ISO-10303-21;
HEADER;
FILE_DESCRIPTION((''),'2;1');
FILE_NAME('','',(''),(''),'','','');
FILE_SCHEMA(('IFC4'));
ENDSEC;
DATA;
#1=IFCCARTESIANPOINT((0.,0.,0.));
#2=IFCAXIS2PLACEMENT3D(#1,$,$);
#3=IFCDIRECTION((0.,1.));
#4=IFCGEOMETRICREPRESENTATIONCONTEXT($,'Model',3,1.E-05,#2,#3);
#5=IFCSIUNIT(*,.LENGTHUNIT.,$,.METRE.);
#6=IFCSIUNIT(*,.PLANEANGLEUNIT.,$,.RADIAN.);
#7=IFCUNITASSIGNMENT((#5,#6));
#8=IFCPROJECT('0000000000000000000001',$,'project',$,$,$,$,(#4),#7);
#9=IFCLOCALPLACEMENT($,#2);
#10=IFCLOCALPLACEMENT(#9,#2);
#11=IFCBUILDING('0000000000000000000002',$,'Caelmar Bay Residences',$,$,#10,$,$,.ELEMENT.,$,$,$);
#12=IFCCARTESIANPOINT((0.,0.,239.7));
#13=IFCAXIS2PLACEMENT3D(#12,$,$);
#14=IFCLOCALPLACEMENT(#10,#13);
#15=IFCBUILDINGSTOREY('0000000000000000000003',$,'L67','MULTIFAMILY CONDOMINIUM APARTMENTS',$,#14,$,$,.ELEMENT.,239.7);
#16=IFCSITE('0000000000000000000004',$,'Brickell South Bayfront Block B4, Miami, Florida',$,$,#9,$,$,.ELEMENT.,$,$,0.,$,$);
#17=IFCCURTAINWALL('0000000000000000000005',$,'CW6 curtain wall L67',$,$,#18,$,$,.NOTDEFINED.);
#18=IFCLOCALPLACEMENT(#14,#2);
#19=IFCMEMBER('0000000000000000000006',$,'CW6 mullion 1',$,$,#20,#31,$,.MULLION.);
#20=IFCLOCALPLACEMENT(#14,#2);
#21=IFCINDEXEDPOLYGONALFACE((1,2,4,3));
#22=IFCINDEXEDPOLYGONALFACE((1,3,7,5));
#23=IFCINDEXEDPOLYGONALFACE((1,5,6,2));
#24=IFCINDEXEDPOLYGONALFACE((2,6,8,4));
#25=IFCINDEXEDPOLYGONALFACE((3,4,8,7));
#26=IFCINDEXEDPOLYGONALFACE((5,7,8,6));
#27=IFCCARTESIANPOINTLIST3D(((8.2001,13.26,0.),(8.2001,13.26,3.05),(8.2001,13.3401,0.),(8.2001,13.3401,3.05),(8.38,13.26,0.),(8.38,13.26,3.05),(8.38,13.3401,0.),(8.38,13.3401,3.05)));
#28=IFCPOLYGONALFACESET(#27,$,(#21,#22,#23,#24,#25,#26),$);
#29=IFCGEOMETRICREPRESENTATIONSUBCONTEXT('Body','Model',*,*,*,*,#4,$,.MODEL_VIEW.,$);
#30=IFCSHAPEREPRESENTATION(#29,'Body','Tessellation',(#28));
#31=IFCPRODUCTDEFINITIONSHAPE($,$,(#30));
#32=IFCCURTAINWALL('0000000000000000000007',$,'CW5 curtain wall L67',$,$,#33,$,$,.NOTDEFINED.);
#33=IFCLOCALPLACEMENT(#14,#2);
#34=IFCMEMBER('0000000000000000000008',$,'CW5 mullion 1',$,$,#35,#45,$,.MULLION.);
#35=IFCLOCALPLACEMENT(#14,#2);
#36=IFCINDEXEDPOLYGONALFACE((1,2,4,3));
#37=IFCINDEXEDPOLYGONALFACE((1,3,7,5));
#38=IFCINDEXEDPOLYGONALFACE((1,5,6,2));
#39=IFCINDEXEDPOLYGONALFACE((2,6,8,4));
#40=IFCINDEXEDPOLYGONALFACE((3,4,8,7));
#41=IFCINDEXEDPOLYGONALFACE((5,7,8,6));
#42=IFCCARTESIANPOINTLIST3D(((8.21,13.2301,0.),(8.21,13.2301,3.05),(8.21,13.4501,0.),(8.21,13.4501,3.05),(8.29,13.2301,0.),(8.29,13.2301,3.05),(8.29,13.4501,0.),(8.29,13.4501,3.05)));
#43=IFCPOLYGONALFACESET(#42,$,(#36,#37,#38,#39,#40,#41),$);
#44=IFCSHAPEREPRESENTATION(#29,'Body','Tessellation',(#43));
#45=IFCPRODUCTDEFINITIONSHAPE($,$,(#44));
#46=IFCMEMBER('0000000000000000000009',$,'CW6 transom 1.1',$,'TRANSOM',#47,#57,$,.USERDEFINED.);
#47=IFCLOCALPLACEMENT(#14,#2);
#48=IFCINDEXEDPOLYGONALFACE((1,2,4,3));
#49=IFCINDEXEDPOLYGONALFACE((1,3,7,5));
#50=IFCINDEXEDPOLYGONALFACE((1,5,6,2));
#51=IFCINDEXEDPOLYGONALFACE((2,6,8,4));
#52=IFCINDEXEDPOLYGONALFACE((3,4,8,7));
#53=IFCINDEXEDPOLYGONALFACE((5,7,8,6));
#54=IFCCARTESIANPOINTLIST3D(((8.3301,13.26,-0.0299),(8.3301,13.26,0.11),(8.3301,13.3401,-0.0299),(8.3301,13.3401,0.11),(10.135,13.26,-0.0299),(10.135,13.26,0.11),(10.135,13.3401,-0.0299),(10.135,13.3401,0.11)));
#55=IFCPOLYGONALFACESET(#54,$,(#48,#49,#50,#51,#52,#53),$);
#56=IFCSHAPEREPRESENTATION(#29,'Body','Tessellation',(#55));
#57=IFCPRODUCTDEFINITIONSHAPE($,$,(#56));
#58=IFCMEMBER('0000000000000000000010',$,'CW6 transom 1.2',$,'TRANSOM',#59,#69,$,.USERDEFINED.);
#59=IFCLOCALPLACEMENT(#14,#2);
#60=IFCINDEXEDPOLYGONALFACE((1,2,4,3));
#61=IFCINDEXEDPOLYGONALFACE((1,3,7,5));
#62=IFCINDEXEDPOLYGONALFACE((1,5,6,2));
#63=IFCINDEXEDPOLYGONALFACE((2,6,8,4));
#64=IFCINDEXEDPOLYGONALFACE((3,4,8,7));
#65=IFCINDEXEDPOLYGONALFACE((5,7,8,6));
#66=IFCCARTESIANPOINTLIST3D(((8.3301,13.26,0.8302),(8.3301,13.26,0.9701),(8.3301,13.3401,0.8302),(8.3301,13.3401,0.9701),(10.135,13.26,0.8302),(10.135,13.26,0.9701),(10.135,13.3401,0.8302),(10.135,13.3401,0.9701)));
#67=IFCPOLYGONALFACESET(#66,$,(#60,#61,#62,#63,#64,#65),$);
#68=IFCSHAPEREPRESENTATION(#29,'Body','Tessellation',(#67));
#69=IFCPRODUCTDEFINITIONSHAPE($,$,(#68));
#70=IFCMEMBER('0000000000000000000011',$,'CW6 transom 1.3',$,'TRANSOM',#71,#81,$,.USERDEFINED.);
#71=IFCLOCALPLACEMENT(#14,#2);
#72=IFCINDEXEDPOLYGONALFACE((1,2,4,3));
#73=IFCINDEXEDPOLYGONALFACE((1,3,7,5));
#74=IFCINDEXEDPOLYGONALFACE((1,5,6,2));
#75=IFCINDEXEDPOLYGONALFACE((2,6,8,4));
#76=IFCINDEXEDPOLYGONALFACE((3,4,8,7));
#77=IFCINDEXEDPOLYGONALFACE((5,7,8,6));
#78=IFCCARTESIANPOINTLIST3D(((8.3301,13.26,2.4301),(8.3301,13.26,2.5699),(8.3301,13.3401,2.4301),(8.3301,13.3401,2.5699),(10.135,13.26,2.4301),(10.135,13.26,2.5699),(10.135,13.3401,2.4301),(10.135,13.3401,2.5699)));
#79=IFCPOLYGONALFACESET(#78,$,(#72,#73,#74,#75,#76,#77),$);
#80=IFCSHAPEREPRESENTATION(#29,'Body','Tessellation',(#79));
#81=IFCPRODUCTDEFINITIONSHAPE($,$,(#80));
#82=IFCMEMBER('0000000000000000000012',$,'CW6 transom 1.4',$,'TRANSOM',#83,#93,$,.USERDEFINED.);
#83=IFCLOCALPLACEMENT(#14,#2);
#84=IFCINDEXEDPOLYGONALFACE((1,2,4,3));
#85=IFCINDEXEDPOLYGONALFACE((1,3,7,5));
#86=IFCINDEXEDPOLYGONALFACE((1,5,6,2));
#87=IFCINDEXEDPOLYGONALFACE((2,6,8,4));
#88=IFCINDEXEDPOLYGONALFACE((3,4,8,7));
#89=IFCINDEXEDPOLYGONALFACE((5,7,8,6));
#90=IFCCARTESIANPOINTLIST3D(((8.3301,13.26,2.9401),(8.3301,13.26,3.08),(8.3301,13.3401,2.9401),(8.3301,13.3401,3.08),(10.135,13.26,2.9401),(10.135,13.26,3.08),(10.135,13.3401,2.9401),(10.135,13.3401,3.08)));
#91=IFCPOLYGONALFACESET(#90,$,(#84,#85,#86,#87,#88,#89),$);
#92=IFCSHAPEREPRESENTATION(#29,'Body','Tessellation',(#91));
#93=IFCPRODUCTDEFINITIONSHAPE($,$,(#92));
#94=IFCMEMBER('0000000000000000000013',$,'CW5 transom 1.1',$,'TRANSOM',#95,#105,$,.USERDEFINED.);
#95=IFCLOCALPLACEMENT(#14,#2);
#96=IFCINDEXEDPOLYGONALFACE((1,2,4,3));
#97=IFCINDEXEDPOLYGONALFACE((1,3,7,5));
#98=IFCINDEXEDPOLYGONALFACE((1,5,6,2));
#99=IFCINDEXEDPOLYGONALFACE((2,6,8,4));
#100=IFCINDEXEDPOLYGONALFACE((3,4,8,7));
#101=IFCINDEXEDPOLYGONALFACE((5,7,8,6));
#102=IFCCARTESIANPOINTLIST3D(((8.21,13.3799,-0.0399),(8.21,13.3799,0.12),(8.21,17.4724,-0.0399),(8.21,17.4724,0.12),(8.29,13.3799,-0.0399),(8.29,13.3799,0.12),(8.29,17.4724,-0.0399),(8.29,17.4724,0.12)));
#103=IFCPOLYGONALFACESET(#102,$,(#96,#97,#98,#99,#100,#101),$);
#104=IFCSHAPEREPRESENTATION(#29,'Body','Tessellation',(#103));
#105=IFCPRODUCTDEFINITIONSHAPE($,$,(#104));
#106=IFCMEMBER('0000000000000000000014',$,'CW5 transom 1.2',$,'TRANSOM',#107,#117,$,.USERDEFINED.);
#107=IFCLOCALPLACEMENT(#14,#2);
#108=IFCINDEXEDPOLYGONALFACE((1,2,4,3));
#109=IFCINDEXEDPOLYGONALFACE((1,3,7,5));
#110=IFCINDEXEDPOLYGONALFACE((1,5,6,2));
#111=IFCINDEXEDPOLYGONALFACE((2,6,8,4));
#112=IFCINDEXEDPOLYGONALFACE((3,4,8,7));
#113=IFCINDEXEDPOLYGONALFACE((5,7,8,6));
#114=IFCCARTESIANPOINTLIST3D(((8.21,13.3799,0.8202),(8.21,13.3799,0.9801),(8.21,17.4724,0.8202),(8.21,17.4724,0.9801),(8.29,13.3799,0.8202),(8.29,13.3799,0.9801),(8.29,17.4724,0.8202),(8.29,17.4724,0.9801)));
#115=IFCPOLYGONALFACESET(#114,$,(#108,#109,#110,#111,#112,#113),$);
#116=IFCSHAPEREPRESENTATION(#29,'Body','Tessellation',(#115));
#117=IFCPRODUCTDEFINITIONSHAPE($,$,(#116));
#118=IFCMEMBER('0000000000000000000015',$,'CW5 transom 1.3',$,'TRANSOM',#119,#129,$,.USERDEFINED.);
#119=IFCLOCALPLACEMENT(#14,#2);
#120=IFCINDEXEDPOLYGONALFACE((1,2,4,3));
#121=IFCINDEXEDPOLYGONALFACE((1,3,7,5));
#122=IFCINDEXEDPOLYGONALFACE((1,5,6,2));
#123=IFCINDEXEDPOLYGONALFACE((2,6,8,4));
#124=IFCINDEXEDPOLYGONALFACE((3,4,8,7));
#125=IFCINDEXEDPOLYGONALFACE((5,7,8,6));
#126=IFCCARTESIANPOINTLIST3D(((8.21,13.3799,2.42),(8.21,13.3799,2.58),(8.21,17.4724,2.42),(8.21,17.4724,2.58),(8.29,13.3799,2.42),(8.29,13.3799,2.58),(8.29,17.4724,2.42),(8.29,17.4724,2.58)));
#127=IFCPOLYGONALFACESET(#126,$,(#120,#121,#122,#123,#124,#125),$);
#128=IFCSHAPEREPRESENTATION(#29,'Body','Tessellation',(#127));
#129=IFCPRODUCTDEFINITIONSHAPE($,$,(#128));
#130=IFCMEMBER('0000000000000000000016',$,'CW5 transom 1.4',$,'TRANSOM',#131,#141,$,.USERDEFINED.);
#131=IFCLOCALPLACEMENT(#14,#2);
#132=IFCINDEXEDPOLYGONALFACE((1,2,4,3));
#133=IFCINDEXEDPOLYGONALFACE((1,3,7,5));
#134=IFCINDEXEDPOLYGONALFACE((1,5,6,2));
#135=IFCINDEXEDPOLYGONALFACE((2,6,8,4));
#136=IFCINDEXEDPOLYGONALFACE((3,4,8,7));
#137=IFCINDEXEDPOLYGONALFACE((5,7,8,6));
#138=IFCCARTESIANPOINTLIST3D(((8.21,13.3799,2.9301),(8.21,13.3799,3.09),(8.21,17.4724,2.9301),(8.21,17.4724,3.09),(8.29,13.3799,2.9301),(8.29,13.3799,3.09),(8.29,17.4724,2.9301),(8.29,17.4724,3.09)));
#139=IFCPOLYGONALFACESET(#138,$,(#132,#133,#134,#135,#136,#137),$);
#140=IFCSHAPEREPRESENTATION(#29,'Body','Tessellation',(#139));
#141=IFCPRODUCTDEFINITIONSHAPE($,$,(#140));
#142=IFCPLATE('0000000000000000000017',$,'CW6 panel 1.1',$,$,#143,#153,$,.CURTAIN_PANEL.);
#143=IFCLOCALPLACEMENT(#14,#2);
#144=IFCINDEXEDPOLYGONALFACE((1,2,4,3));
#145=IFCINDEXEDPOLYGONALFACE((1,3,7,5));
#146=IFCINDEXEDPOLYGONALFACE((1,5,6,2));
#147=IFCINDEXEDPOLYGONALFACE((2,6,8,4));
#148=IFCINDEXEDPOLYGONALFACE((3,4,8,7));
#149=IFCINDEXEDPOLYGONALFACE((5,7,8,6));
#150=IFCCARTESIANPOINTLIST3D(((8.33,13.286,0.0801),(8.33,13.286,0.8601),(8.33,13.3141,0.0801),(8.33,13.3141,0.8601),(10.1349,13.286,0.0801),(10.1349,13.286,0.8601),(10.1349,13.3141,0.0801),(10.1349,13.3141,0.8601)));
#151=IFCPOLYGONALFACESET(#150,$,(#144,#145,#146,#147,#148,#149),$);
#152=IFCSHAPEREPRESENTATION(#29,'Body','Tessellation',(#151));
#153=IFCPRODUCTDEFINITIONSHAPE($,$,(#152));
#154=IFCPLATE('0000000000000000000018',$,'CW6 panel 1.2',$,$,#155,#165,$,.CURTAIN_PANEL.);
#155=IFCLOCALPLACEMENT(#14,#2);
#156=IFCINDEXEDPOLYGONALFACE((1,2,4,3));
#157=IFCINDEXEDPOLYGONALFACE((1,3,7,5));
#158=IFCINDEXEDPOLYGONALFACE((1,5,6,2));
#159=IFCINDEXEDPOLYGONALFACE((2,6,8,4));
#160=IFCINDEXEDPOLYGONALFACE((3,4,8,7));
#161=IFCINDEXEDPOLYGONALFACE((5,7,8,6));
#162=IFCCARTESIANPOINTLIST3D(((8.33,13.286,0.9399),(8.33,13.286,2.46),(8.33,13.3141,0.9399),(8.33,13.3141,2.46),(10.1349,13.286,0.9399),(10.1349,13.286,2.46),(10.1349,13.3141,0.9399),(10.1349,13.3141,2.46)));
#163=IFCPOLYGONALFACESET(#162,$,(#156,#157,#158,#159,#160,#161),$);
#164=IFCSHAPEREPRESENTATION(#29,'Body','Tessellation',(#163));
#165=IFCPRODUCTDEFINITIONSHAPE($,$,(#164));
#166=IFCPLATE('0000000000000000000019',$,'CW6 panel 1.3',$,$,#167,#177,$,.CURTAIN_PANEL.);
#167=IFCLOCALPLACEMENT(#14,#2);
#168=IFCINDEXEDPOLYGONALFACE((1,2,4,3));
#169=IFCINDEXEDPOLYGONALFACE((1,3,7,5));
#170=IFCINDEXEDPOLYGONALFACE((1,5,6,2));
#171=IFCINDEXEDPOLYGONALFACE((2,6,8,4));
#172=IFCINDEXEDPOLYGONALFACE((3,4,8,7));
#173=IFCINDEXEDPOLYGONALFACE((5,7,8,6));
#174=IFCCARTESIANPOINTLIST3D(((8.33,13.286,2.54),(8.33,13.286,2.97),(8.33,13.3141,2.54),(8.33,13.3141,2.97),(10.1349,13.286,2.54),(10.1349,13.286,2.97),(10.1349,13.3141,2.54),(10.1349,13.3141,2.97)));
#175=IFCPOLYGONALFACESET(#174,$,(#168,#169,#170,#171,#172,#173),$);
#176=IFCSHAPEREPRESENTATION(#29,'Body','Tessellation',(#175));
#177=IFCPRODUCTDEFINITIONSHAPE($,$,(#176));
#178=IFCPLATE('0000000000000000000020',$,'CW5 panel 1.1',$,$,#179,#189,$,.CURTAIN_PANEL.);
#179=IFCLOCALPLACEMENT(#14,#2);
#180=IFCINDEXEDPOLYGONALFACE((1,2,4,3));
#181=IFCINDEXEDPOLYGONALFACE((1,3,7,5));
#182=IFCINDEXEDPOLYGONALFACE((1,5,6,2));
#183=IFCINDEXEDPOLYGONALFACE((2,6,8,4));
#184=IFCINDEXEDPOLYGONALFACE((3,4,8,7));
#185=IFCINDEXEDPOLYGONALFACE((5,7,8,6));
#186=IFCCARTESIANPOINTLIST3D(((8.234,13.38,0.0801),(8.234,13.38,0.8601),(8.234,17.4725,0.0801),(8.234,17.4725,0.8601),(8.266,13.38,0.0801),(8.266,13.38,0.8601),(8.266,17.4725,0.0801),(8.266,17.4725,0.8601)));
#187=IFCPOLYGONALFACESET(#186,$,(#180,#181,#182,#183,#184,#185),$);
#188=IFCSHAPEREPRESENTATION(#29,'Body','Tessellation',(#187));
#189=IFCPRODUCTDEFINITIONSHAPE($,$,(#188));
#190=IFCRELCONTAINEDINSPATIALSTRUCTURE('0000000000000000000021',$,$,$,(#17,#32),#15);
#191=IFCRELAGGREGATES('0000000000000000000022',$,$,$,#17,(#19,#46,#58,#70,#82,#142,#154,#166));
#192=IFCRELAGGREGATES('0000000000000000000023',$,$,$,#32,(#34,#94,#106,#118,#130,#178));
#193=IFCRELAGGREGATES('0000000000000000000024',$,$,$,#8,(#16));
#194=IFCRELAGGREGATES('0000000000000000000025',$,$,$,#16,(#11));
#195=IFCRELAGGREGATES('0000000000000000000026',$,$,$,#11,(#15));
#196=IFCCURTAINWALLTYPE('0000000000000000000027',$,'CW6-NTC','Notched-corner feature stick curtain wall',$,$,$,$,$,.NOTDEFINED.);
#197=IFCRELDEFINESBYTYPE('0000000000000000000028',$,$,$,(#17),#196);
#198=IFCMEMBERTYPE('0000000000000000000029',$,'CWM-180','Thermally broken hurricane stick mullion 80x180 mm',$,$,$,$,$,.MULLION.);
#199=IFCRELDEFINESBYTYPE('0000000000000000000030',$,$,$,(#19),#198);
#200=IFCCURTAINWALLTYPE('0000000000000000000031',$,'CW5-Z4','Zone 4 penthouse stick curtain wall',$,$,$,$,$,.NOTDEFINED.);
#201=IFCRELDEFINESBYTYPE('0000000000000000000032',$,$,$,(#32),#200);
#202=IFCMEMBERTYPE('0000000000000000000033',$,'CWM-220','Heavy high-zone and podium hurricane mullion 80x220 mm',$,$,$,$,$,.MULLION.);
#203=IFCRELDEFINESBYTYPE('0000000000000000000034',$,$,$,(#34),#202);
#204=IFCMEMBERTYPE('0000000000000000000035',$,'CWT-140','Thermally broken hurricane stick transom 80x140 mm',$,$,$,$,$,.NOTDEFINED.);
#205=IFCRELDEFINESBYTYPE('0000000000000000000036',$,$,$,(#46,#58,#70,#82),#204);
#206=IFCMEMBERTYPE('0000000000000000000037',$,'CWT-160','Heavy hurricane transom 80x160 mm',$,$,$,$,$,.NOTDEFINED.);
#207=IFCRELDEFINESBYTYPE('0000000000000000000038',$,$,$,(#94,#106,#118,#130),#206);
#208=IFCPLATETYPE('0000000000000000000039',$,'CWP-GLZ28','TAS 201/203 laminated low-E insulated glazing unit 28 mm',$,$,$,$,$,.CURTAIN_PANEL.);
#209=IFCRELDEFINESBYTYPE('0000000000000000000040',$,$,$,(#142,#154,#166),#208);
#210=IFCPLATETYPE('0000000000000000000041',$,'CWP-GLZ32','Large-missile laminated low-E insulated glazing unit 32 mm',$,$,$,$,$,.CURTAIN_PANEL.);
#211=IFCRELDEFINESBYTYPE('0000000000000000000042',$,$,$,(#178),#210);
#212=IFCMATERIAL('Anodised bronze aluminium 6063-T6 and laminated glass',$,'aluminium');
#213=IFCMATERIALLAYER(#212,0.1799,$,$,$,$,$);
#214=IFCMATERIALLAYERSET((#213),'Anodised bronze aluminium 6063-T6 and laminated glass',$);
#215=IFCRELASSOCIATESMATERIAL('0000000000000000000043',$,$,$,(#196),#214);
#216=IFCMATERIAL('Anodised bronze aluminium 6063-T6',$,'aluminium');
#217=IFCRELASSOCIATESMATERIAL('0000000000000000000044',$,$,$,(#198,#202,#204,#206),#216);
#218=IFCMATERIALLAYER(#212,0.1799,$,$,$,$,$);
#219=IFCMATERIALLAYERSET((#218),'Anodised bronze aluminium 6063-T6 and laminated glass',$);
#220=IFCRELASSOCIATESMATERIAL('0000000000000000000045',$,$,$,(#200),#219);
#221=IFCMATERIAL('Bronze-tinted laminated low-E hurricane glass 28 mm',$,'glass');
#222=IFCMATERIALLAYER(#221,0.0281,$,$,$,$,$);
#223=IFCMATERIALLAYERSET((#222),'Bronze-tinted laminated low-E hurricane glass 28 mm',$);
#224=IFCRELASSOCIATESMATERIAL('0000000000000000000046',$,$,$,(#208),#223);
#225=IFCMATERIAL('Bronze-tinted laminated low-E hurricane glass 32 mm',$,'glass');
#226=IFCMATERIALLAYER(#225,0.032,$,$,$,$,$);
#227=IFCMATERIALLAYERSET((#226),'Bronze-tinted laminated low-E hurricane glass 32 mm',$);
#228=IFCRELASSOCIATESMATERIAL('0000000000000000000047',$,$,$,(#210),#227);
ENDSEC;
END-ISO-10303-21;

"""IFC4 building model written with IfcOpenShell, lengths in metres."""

from ifc_helpers import new_model, si_unit, direction, frame, origin, origin_2d, place, context, subcontext, project, spatial, rectangle, extrude, material, layer, layer_set, material_profile, profile_set, type_object, element, aggregate, save


model = new_model("IFC4")

# Units and contexts
model_context = context("Model", 3, precision=1e-05, world=origin(), true_north=direction((0.0, 1.0)))
body_context = subcontext(model_context, "Body", "Model", "MODEL_VIEW")
ifc_project = project(units=[si_unit("LENGTHUNIT", "METRE"), si_unit("PLANEANGLEUNIT", "RADIAN")], contexts=[model_context])

# Site, building, storey
site_placement = place(None, origin())
site = spatial("IfcSite", under=ifc_project, at=site_placement, Name="Brickell South Bayfront Block B4, Miami, Florida", CompositionType="ELEMENT", RefElevation=0.0)
building_placement = place(site_placement, origin())
building = spatial("IfcBuilding", under=site, at=building_placement, Name="Caelmar Bay Residences", CompositionType="ELEMENT")
storey_placement = place(building_placement, frame((0.0, 0.0, 239.7)))
storey = spatial("IfcBuildingStorey", under=building, at=storey_placement, Name="L67", Description="MULTIFAMILY CONDOMINIUM APARTMENTS", CompositionType="ELEMENT", Elevation=239.7)

# Curtain walls, members
ifc_material_1 = material(Name="Anodised bronze aluminium 6063-T6 and laminated glass", Category="aluminium")
ifc_layer_1 = layer(ifc_material_1, 0.1799)
ifc_layer_set_1 = layer_set([ifc_layer_1], Name="Anodised bronze aluminium 6063-T6 and laminated glass")
curtain_wall_type_1 = type_object("IfcCurtainWallType", Name="CW6-NTC", Description="Notched-corner feature stick curtain wall", PredefinedType="NOTDEFINED", material=ifc_layer_set_1)
curtain_wall_1_placement = place(storey_placement, origin())
curtain_wall_1 = element("IfcCurtainWall", 1, at=curtain_wall_1_placement, inside=storey, type_object=curtain_wall_type_1, Name="CW6 curtain wall L67", PredefinedType="NOTDEFINED")
ifc_material_2 = material(Name="Anodised bronze aluminium 6063-T6", Category="aluminium")
ifc_material_profile_1 = material_profile(ifc_material_2, rectangle(XDim=0.0801, YDim=0.1799, at=origin_2d()), Name="CWM-80X180")
ifc_profile_set_1 = profile_set([ifc_material_profile_1], Name="Anodised bronze aluminium 6063-T6")
member_type_1 = type_object("IfcMemberType", Name="CWM-180", Description="Thermally broken hurricane stick mullion 80x180 mm", PredefinedType="MULLION", material=ifc_profile_set_1)
member_1_placement = place(storey_placement, frame((8.29, 13.3, 0.0), z_axis=(0.0, 0.0, 1.0), x_axis=(0.0, 1.0, 0.0)))
member_1 = element("IfcMember", 2, at=member_1_placement, type_object=member_type_1, Name="CW6 mullion 1", PredefinedType="MULLION", context=body_context, shape_type="SweptSolid", body=[
    extrude(rectangle(XDim=0.0801, YDim=0.1799, at=origin_2d()), origin(), (0.0, 0.0, 1.0), 3.05),
])
ifc_layer_2 = layer(ifc_material_1, 0.1799)
ifc_layer_set_2 = layer_set([ifc_layer_2], Name="Anodised bronze aluminium 6063-T6 and laminated glass")
curtain_wall_type_2 = type_object("IfcCurtainWallType", Name="CW5-Z4", Description="Zone 4 penthouse stick curtain wall", PredefinedType="NOTDEFINED", material=ifc_layer_set_2)
curtain_wall_2_placement = place(storey_placement, origin())
curtain_wall_2 = element("IfcCurtainWall", 3, at=curtain_wall_2_placement, inside=storey, type_object=curtain_wall_type_2, Name="CW5 curtain wall L67", PredefinedType="NOTDEFINED")
ifc_material_profile_2 = material_profile(ifc_material_2, rectangle(XDim=0.0801, YDim=0.22, at=origin_2d()), Name="CWM-80X220")
ifc_profile_set_2 = profile_set([ifc_material_profile_2], Name="Anodised bronze aluminium 6063-T6")
member_type_2 = type_object("IfcMemberType", Name="CWM-220", Description="Heavy high-zone and podium hurricane mullion 80x220 mm", PredefinedType="MULLION", material=ifc_profile_set_2)
member_2_placement = place(storey_placement, frame((8.25, 13.3401, 0.0), z_axis=(0.0, 0.0, 1.0), x_axis=(-1.0, 0.0, 0.0)))
member_2 = element("IfcMember", 4, at=member_2_placement, type_object=member_type_2, Name="CW5 mullion 1", PredefinedType="MULLION", context=body_context, shape_type="SweptSolid", body=[
    extrude(rectangle(XDim=0.0801, YDim=0.22, at=origin_2d()), origin(), (0.0, 0.0, 1.0), 3.05),
])

# Members
ifc_material_profile_3 = material_profile(ifc_material_2, rectangle(XDim=0.0801, YDim=0.1399, at=origin_2d()), Name="CWT-80X140")
ifc_profile_set_3 = profile_set([ifc_material_profile_3], Name="Anodised bronze aluminium 6063-T6")
member_type_3 = type_object("IfcMemberType", Name="CWT-140", Description="Thermally broken hurricane stick transom 80x140 mm", PredefinedType="NOTDEFINED", material=ifc_profile_set_3)
member_3_placement = place(storey_placement, frame((8.3301, 13.3, 0.04), z_axis=(1.0, 0.0, 0.0), x_axis=(0.0, 1.0, 0.0)))
member_3 = element("IfcMember", 5, at=member_3_placement, type_object=member_type_3, Name="CW6 transom 1.1", ObjectType="TRANSOM", PredefinedType="USERDEFINED", context=body_context, shape_type="SweptSolid", body=[
    extrude(rectangle(XDim=0.0801, YDim=0.1399, at=origin_2d()), origin(), (0.0, 0.0, 1.0), 1.8049),
])
member_4_placement = place(storey_placement, frame((8.3301, 13.3, 0.9001), z_axis=(1.0, 0.0, 0.0), x_axis=(0.0, 1.0, 0.0)))
member_4 = element("IfcMember", 6, at=member_4_placement, type_object=member_type_3, Name="CW6 transom 1.2", ObjectType="TRANSOM", PredefinedType="USERDEFINED", context=body_context, shape_type="SweptSolid", body=[
    extrude(rectangle(XDim=0.0801, YDim=0.1399, at=origin_2d()), origin(), (0.0, 0.0, 1.0), 1.8049),
])
member_5_placement = place(storey_placement, frame((8.3301, 13.3, 2.5), z_axis=(1.0, 0.0, 0.0), x_axis=(0.0, 1.0, 0.0)))
member_5 = element("IfcMember", 7, at=member_5_placement, type_object=member_type_3, Name="CW6 transom 1.3", ObjectType="TRANSOM", PredefinedType="USERDEFINED", context=body_context, shape_type="SweptSolid", body=[
    extrude(rectangle(XDim=0.0801, YDim=0.1399, at=origin_2d()), origin(), (0.0, 0.0, 1.0), 1.8049),
])
member_6_placement = place(storey_placement, frame((8.3301, 13.3, 3.01), z_axis=(1.0, 0.0, 0.0), x_axis=(0.0, 1.0, 0.0)))
member_6 = element("IfcMember", 8, at=member_6_placement, type_object=member_type_3, Name="CW6 transom 1.4", ObjectType="TRANSOM", PredefinedType="USERDEFINED", context=body_context, shape_type="SweptSolid", body=[
    extrude(rectangle(XDim=0.0801, YDim=0.1399, at=origin_2d()), origin(), (0.0, 0.0, 1.0), 1.8049),
])
ifc_material_profile_4 = material_profile(ifc_material_2, rectangle(XDim=0.0801, YDim=0.1599, at=origin_2d()), Name="CWT-80X160")
ifc_profile_set_4 = profile_set([ifc_material_profile_4], Name="Anodised bronze aluminium 6063-T6")
member_type_4 = type_object("IfcMemberType", Name="CWT-160", Description="Heavy hurricane transom 80x160 mm", PredefinedType="NOTDEFINED", material=ifc_profile_set_4)
member_7_placement = place(storey_placement, frame((8.25, 13.3799, 0.04), z_axis=(0.0, 1.0, 0.0), x_axis=(-1.0, 0.0, 0.0)))
member_7 = element("IfcMember", 9, at=member_7_placement, type_object=member_type_4, Name="CW5 transom 1.1", ObjectType="TRANSOM", PredefinedType="USERDEFINED", context=body_context, shape_type="SweptSolid", body=[
    extrude(rectangle(XDim=0.0801, YDim=0.1599, at=origin_2d()), origin(), (0.0, 0.0, 1.0), 4.0925),
])
member_8_placement = place(storey_placement, frame((8.25, 13.3799, 0.9001), z_axis=(0.0, 1.0, 0.0), x_axis=(-1.0, 0.0, 0.0)))
member_8 = element("IfcMember", 10, at=member_8_placement, type_object=member_type_4, Name="CW5 transom 1.2", ObjectType="TRANSOM", PredefinedType="USERDEFINED", context=body_context, shape_type="SweptSolid", body=[
    extrude(rectangle(XDim=0.0801, YDim=0.1599, at=origin_2d()), origin(), (0.0, 0.0, 1.0), 4.0925),
])
member_9_placement = place(storey_placement, frame((8.25, 13.3799, 2.5), z_axis=(0.0, 1.0, 0.0), x_axis=(-1.0, 0.0, 0.0)))
member_9 = element("IfcMember", 11, at=member_9_placement, type_object=member_type_4, Name="CW5 transom 1.3", ObjectType="TRANSOM", PredefinedType="USERDEFINED", context=body_context, shape_type="SweptSolid", body=[
    extrude(rectangle(XDim=0.0801, YDim=0.1599, at=origin_2d()), origin(), (0.0, 0.0, 1.0), 4.0925),
])
member_10_placement = place(storey_placement, frame((8.25, 13.3799, 3.01), z_axis=(0.0, 1.0, 0.0), x_axis=(-1.0, 0.0, 0.0)))
member_10 = element("IfcMember", 12, at=member_10_placement, type_object=member_type_4, Name="CW5 transom 1.4", ObjectType="TRANSOM", PredefinedType="USERDEFINED", context=body_context, shape_type="SweptSolid", body=[
    extrude(rectangle(XDim=0.0801, YDim=0.1599, at=origin_2d()), origin(), (0.0, 0.0, 1.0), 4.0925),
])

# Plates
ifc_material_3 = material(Name="Bronze-tinted laminated low-E hurricane glass 28 mm", Category="glass")
ifc_layer_3 = layer(ifc_material_3, 0.0281)
ifc_layer_set_3 = layer_set([ifc_layer_3], Name="Bronze-tinted laminated low-E hurricane glass 28 mm")
plate_type_1 = type_object("IfcPlateType", Name="CWP-GLZ28", Description="TAS 201/203 laminated low-E insulated glazing unit 28 mm", PredefinedType="CURTAIN_PANEL", material=ifc_layer_set_3)
plate_1_placement = place(storey_placement, frame((9.2324, 13.3, 0.0801), z_axis=(0.0, 0.0, 1.0), x_axis=(1.0, 0.0, 0.0)))
plate_1 = element("IfcPlate", 13, at=plate_1_placement, type_object=plate_type_1, Name="CW6 panel 1.1", PredefinedType="CURTAIN_PANEL", context=body_context, shape_type="SweptSolid", body=[
    extrude(rectangle(XDim=1.8049, YDim=0.0281, at=origin_2d()), origin(), (0.0, 0.0, 1.0), 0.78),
])
plate_2_placement = place(storey_placement, frame((9.2324, 13.3, 0.9399), z_axis=(0.0, 0.0, 1.0), x_axis=(1.0, 0.0, 0.0)))
plate_2 = element("IfcPlate", 14, at=plate_2_placement, type_object=plate_type_1, Name="CW6 panel 1.2", PredefinedType="CURTAIN_PANEL", context=body_context, shape_type="SweptSolid", body=[
    extrude(rectangle(XDim=1.8049, YDim=0.0281, at=origin_2d()), origin(), (0.0, 0.0, 1.0), 1.52),
])
plate_3_placement = place(storey_placement, frame((9.2324, 13.3, 2.54), z_axis=(0.0, 0.0, 1.0), x_axis=(1.0, 0.0, 0.0)))
plate_3 = element("IfcPlate", 15, at=plate_3_placement, type_object=plate_type_1, Name="CW6 panel 1.3", PredefinedType="CURTAIN_PANEL", context=body_context, shape_type="SweptSolid", body=[
    extrude(rectangle(XDim=1.8049, YDim=0.0281, at=origin_2d()), origin(), (0.0, 0.0, 1.0), 0.4299),
])
aggregate(curtain_wall_1, [member_1, member_3, member_4, member_5, member_6, plate_1, plate_2, plate_3])
ifc_material_4 = material(Name="Bronze-tinted laminated low-E hurricane glass 32 mm", Category="glass")
ifc_layer_4 = layer(ifc_material_4, 0.032)
ifc_layer_set_4 = layer_set([ifc_layer_4], Name="Bronze-tinted laminated low-E hurricane glass 32 mm")
plate_type_2 = type_object("IfcPlateType", Name="CWP-GLZ32", Description="Large-missile laminated low-E insulated glazing unit 32 mm", PredefinedType="CURTAIN_PANEL", material=ifc_layer_set_4)
plate_4_placement = place(storey_placement, frame((8.25, 15.4263, 0.0801), z_axis=(0.0, 0.0, 1.0), x_axis=(0.0, 1.0, 0.0)))
plate_4 = element("IfcPlate", 16, at=plate_4_placement, type_object=plate_type_2, Name="CW5 panel 1.1", PredefinedType="CURTAIN_PANEL", context=body_context, shape_type="SweptSolid", body=[
    extrude(rectangle(XDim=4.0925, YDim=0.032, at=origin_2d()), origin(), (0.0, 0.0, 1.0), 0.78),
])
aggregate(curtain_wall_2, [member_2, member_7, member_8, member_9, member_10, plate_4])

save(model, "model.ifc")
